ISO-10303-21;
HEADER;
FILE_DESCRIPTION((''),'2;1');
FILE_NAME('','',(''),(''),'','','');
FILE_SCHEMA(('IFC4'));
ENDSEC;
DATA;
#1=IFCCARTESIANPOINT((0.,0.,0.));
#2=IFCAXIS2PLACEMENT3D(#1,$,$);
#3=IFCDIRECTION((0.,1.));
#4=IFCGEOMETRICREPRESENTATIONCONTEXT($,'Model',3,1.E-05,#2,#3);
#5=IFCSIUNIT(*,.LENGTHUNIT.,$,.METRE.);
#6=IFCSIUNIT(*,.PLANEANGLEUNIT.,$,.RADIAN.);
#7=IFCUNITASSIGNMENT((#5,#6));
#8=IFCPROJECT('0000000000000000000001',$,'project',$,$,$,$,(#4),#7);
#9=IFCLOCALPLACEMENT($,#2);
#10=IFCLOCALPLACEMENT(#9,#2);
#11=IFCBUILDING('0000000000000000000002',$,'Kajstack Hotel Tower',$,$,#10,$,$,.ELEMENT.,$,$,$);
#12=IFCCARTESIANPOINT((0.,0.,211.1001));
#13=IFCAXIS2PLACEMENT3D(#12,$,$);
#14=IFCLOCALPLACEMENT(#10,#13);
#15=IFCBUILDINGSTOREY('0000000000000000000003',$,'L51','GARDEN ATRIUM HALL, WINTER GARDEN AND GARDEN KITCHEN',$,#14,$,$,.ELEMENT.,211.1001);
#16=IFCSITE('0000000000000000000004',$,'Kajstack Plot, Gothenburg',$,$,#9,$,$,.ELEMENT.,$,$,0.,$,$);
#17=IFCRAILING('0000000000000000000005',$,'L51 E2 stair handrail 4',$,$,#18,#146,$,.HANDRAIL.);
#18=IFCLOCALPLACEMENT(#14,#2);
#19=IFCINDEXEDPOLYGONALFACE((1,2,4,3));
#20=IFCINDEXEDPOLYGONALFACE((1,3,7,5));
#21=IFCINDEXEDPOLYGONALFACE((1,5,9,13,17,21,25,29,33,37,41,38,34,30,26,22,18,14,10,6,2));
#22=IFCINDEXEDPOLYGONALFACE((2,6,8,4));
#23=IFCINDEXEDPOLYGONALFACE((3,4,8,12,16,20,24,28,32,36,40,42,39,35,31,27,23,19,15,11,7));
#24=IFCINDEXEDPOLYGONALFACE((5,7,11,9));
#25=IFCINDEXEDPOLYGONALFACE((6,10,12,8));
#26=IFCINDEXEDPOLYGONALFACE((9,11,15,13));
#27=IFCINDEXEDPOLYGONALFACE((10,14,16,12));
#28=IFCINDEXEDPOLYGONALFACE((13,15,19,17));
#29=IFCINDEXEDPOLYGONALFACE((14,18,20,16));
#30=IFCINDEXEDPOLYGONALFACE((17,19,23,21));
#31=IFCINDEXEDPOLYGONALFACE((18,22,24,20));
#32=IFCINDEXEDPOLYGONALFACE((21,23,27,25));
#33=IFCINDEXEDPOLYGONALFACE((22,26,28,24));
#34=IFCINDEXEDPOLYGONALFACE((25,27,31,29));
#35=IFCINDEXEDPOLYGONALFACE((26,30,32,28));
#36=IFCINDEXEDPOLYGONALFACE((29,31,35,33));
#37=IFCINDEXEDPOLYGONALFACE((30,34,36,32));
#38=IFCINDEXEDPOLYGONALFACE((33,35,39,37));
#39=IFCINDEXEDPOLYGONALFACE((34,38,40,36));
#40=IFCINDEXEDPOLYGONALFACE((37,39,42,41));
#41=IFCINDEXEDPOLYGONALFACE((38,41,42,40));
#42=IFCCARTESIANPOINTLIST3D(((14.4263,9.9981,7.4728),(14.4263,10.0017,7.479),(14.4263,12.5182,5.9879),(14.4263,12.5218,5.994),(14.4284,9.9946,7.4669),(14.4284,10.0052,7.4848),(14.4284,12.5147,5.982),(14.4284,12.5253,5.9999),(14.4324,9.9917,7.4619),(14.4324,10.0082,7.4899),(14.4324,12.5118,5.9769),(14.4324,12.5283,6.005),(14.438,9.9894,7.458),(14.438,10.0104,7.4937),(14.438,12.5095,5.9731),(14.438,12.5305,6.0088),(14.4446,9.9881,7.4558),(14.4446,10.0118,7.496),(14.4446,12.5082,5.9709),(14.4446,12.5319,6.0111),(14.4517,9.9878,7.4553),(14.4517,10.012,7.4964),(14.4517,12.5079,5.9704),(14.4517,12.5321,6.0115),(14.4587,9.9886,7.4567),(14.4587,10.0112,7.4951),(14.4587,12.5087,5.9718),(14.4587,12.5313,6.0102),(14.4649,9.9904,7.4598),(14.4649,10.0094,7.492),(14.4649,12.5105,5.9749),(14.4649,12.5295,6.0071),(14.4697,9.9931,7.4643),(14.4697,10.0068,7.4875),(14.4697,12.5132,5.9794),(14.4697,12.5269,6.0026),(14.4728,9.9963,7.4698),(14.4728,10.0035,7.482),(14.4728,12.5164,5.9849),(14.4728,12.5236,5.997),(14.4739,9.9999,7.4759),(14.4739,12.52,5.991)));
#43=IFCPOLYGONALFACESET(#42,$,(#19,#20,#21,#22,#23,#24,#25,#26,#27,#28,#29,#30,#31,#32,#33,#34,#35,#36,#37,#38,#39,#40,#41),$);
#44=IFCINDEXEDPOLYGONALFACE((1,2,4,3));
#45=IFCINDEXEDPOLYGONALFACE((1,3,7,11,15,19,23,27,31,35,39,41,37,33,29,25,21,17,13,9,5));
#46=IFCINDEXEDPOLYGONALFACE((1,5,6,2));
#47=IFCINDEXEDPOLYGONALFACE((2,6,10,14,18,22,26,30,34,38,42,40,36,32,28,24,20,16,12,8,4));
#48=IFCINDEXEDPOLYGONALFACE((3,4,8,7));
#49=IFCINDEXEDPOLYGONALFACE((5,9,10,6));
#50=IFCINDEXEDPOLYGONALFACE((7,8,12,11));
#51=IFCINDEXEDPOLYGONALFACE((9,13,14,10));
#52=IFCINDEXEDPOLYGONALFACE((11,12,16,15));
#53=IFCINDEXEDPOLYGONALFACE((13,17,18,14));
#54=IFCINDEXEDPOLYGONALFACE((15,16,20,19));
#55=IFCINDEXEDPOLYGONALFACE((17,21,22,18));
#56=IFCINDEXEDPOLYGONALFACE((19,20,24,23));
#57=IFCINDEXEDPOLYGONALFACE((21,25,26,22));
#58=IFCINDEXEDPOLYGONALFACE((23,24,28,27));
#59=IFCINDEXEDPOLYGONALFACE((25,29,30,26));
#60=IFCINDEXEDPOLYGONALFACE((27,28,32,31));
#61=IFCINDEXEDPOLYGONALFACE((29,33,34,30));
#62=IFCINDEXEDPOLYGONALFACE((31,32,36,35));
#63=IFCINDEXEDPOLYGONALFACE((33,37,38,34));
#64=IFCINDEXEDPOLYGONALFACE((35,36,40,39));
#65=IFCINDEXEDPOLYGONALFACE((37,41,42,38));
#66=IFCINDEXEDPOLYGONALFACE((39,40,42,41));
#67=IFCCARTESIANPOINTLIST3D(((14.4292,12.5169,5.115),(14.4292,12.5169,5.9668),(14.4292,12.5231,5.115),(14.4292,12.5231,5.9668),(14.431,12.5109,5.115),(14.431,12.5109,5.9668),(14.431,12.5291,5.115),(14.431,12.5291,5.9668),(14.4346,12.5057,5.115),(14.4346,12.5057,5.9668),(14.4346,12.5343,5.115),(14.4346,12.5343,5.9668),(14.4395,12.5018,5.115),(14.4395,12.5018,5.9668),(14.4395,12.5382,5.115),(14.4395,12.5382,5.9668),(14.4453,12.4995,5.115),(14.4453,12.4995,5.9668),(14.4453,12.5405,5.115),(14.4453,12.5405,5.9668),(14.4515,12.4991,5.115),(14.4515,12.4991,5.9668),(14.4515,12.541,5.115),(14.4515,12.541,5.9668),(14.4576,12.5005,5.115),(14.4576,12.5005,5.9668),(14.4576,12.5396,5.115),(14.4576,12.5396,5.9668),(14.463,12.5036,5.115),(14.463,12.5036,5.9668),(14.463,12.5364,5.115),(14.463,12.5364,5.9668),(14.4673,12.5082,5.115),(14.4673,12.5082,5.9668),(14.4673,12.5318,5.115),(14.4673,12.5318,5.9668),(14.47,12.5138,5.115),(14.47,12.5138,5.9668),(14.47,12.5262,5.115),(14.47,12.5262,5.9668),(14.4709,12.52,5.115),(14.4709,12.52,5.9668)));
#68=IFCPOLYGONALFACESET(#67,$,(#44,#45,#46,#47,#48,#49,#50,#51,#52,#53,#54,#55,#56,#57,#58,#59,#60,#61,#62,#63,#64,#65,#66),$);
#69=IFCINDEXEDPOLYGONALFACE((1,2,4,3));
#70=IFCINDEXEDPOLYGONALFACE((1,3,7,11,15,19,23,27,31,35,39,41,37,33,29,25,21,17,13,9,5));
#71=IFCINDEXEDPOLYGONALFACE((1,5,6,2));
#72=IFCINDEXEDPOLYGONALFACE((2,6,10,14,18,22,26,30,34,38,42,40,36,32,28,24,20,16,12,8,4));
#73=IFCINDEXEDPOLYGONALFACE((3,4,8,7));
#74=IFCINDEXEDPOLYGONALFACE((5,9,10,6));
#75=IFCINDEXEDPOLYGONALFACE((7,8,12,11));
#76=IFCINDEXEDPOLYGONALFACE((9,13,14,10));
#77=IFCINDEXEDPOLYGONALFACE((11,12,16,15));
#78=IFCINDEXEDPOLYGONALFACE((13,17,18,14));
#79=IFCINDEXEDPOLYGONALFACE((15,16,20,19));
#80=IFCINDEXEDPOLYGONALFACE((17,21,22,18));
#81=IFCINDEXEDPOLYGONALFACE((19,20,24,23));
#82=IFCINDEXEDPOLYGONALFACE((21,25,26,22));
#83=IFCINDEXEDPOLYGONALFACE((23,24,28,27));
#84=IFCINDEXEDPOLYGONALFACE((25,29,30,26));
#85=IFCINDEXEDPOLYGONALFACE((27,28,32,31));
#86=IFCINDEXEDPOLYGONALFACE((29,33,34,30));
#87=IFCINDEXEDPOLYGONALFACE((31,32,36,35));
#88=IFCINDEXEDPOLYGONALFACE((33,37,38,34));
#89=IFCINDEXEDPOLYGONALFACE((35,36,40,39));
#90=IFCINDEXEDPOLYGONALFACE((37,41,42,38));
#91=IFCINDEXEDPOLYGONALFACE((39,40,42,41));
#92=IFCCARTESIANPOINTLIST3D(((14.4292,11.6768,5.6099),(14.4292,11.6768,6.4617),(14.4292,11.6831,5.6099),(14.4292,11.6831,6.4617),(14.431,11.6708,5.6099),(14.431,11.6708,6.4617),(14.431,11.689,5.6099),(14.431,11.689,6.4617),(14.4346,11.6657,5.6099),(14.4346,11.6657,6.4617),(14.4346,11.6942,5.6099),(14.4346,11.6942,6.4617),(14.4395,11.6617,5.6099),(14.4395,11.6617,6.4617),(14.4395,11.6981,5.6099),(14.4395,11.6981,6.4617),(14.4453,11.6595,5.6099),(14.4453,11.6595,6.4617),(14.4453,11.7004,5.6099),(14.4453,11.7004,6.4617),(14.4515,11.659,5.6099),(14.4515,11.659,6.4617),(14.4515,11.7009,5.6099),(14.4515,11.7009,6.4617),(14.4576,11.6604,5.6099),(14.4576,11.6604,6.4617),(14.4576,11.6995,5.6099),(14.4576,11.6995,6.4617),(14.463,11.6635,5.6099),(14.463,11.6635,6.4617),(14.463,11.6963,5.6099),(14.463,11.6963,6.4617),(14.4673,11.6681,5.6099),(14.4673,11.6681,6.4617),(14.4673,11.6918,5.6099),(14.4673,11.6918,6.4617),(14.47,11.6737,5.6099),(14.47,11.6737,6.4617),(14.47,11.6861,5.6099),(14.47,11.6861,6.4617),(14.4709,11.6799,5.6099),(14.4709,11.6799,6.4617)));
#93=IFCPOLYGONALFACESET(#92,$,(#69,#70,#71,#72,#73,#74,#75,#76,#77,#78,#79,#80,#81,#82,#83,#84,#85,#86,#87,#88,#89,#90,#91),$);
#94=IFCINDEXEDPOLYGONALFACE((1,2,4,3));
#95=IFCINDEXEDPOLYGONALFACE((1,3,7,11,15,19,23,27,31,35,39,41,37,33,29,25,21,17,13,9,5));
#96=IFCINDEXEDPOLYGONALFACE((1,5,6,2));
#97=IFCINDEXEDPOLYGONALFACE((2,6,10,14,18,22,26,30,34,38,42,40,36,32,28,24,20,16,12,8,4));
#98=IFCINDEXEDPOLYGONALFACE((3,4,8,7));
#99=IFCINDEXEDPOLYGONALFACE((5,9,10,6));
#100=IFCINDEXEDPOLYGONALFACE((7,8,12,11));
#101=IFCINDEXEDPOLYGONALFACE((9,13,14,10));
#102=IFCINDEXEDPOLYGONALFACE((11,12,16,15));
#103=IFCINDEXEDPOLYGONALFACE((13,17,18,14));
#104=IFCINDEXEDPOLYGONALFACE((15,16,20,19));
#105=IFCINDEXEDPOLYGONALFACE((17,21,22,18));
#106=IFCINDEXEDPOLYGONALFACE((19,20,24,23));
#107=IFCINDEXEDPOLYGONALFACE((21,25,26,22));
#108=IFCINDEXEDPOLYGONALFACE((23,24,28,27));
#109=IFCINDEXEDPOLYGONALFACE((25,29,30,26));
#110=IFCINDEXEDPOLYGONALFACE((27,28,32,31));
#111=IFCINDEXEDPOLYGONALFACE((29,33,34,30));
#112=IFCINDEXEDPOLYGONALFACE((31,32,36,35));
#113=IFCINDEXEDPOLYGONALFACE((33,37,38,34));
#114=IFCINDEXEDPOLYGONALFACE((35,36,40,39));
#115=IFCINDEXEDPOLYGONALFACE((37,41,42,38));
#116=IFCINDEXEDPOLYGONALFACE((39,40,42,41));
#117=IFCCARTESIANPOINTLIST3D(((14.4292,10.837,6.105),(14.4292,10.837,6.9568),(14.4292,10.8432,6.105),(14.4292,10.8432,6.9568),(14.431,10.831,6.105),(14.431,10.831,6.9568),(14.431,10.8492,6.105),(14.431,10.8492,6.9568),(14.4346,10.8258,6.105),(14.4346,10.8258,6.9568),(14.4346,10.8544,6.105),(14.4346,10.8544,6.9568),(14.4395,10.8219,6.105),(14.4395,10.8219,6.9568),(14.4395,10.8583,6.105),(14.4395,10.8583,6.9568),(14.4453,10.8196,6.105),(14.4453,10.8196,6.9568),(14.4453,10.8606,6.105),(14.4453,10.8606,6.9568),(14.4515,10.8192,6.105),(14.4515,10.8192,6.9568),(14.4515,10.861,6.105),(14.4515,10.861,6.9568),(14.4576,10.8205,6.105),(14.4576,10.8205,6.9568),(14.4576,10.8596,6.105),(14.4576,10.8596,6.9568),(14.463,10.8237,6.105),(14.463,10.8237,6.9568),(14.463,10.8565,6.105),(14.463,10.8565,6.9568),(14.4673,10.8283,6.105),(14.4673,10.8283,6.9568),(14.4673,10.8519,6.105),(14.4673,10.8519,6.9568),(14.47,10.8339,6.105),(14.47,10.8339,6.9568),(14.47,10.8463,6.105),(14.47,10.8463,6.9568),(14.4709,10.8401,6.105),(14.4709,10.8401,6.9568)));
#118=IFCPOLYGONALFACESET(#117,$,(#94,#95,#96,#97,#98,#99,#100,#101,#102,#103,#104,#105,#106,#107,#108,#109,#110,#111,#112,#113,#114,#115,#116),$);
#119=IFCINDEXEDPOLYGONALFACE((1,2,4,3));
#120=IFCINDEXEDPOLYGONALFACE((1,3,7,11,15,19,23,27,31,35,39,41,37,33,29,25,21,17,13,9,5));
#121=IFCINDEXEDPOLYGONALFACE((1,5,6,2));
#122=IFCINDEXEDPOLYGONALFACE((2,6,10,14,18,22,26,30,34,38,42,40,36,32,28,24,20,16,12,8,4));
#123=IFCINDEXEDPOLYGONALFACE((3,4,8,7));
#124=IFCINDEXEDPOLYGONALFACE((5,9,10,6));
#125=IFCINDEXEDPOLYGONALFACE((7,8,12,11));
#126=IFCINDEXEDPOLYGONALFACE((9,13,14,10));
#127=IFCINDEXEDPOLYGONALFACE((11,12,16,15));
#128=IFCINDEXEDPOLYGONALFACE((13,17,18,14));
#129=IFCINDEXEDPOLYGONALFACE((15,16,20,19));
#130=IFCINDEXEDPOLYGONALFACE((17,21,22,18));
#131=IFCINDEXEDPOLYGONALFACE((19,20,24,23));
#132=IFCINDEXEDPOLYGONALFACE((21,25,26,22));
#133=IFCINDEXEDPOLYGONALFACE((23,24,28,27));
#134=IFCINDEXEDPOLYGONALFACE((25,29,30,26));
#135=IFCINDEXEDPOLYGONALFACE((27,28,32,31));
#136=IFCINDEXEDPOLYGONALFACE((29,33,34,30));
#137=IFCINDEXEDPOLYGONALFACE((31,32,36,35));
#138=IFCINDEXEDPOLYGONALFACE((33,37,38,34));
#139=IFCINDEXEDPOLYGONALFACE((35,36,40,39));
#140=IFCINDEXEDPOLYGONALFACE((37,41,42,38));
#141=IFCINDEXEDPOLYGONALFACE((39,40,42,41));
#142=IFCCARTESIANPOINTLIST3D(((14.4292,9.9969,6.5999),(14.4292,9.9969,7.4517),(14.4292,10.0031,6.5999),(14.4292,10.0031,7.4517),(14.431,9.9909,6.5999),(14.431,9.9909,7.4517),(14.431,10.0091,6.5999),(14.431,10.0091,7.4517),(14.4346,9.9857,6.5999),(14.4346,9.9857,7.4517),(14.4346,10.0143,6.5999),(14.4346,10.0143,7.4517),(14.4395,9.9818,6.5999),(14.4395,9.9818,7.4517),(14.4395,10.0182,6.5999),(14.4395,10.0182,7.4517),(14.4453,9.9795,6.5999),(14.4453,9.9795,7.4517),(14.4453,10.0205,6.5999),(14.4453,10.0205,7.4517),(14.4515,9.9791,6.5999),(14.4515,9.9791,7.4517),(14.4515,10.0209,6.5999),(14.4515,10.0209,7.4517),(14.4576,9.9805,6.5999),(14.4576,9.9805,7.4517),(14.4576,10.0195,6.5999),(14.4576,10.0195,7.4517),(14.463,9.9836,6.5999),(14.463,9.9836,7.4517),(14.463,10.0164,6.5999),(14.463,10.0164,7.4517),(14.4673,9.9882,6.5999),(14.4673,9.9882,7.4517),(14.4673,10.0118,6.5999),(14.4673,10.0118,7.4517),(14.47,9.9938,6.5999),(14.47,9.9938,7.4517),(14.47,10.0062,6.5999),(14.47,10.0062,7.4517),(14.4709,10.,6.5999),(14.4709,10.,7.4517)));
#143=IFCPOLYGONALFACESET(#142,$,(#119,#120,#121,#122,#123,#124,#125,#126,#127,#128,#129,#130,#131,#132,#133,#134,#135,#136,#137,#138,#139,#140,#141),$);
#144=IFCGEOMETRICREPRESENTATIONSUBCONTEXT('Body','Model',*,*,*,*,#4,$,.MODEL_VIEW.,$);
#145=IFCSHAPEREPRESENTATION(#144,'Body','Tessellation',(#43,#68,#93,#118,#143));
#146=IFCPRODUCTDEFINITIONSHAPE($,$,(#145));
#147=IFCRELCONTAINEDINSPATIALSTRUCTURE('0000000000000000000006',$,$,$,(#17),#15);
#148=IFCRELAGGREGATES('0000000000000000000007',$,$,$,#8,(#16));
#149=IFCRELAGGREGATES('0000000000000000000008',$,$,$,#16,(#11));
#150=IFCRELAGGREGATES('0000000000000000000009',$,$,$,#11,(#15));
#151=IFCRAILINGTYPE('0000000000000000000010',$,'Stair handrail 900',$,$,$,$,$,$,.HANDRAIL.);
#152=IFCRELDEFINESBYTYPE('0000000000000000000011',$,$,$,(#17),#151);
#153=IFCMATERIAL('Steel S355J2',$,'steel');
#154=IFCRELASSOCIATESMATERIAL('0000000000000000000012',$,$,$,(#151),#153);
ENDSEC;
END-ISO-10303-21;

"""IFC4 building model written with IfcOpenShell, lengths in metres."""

from ifc_helpers import new_model, si_unit, direction, frame, origin, origin_2d, place, context, subcontext, project, spatial, circle, extrude, material, type_object, element, save


model = new_model("IFC4")

# Units and contexts
model_context = context("Model", 3, precision=1e-05, world=origin(), true_north=direction((0.0, 1.0)))
body_context = subcontext(model_context, "Body", "Model", "MODEL_VIEW")
ifc_project = project(units=[si_unit("LENGTHUNIT", "METRE"), si_unit("PLANEANGLEUNIT", "RADIAN")], contexts=[model_context])

# Site, building, storey
site_placement = place(None, origin())
site = spatial("IfcSite", under=ifc_project, at=site_placement, Name="Kajstack Plot, Gothenburg", CompositionType="ELEMENT", RefElevation=0.0)
building_placement = place(site_placement, origin())
building = spatial("IfcBuilding", under=site, at=building_placement, Name="Kajstack Hotel Tower", CompositionType="ELEMENT")
storey_placement = place(building_placement, frame((0.0, 0.0, 211.1001)))
storey = spatial("IfcBuildingStorey", under=building, at=storey_placement, Name="L51", Description="GARDEN ATRIUM HALL, WINTER GARDEN AND GARDEN KITCHEN", CompositionType="ELEMENT", Elevation=211.1001)

# Railing
ifc_material_1 = material(Name="Steel S355J2", Category="steel")
railing_type_1 = type_object("IfcRailingType", Name="Stair handrail 900", PredefinedType="HANDRAIL", material=ifc_material_1)
for number, where, name in (
    (1, (14.45, 12.52, 5.115), "L51 E2 stair handrail 4"),
):
    element("IfcRailing", number, at=place(storey_placement, frame(where)), inside=storey, type_object=railing_type_1, Name=name, PredefinedType="HANDRAIL", context=body_context, shape_type="SweptSolid", body=[
        extrude(circle(Radius=0.0239, at=origin_2d()), frame((0.0, 0.0, 0.876), z_axis=(0.0, -0.861561, 0.507655), x_axis=(1.0, 0.0, 0.0)), (0.0, 0.0, 1.0), 2.925),
        extrude(circle(Radius=0.021, at=origin_2d()), origin(), (0.0, 0.0, 1.0), 0.8518),
        extrude(circle(Radius=0.021, at=origin_2d()), frame((0.0, -0.8401, 0.4949)), (0.0, 0.0, 1.0), 0.8518),
        extrude(circle(Radius=0.021, at=origin_2d()), frame((0.0, -1.6799, 0.99)), (0.0, 0.0, 1.0), 0.8518),
        extrude(circle(Radius=0.021, at=origin_2d()), frame((0.0, -2.52, 1.4849)), (0.0, 0.0, 1.0), 0.8518),
    ])

save(model, "model.ifc")
